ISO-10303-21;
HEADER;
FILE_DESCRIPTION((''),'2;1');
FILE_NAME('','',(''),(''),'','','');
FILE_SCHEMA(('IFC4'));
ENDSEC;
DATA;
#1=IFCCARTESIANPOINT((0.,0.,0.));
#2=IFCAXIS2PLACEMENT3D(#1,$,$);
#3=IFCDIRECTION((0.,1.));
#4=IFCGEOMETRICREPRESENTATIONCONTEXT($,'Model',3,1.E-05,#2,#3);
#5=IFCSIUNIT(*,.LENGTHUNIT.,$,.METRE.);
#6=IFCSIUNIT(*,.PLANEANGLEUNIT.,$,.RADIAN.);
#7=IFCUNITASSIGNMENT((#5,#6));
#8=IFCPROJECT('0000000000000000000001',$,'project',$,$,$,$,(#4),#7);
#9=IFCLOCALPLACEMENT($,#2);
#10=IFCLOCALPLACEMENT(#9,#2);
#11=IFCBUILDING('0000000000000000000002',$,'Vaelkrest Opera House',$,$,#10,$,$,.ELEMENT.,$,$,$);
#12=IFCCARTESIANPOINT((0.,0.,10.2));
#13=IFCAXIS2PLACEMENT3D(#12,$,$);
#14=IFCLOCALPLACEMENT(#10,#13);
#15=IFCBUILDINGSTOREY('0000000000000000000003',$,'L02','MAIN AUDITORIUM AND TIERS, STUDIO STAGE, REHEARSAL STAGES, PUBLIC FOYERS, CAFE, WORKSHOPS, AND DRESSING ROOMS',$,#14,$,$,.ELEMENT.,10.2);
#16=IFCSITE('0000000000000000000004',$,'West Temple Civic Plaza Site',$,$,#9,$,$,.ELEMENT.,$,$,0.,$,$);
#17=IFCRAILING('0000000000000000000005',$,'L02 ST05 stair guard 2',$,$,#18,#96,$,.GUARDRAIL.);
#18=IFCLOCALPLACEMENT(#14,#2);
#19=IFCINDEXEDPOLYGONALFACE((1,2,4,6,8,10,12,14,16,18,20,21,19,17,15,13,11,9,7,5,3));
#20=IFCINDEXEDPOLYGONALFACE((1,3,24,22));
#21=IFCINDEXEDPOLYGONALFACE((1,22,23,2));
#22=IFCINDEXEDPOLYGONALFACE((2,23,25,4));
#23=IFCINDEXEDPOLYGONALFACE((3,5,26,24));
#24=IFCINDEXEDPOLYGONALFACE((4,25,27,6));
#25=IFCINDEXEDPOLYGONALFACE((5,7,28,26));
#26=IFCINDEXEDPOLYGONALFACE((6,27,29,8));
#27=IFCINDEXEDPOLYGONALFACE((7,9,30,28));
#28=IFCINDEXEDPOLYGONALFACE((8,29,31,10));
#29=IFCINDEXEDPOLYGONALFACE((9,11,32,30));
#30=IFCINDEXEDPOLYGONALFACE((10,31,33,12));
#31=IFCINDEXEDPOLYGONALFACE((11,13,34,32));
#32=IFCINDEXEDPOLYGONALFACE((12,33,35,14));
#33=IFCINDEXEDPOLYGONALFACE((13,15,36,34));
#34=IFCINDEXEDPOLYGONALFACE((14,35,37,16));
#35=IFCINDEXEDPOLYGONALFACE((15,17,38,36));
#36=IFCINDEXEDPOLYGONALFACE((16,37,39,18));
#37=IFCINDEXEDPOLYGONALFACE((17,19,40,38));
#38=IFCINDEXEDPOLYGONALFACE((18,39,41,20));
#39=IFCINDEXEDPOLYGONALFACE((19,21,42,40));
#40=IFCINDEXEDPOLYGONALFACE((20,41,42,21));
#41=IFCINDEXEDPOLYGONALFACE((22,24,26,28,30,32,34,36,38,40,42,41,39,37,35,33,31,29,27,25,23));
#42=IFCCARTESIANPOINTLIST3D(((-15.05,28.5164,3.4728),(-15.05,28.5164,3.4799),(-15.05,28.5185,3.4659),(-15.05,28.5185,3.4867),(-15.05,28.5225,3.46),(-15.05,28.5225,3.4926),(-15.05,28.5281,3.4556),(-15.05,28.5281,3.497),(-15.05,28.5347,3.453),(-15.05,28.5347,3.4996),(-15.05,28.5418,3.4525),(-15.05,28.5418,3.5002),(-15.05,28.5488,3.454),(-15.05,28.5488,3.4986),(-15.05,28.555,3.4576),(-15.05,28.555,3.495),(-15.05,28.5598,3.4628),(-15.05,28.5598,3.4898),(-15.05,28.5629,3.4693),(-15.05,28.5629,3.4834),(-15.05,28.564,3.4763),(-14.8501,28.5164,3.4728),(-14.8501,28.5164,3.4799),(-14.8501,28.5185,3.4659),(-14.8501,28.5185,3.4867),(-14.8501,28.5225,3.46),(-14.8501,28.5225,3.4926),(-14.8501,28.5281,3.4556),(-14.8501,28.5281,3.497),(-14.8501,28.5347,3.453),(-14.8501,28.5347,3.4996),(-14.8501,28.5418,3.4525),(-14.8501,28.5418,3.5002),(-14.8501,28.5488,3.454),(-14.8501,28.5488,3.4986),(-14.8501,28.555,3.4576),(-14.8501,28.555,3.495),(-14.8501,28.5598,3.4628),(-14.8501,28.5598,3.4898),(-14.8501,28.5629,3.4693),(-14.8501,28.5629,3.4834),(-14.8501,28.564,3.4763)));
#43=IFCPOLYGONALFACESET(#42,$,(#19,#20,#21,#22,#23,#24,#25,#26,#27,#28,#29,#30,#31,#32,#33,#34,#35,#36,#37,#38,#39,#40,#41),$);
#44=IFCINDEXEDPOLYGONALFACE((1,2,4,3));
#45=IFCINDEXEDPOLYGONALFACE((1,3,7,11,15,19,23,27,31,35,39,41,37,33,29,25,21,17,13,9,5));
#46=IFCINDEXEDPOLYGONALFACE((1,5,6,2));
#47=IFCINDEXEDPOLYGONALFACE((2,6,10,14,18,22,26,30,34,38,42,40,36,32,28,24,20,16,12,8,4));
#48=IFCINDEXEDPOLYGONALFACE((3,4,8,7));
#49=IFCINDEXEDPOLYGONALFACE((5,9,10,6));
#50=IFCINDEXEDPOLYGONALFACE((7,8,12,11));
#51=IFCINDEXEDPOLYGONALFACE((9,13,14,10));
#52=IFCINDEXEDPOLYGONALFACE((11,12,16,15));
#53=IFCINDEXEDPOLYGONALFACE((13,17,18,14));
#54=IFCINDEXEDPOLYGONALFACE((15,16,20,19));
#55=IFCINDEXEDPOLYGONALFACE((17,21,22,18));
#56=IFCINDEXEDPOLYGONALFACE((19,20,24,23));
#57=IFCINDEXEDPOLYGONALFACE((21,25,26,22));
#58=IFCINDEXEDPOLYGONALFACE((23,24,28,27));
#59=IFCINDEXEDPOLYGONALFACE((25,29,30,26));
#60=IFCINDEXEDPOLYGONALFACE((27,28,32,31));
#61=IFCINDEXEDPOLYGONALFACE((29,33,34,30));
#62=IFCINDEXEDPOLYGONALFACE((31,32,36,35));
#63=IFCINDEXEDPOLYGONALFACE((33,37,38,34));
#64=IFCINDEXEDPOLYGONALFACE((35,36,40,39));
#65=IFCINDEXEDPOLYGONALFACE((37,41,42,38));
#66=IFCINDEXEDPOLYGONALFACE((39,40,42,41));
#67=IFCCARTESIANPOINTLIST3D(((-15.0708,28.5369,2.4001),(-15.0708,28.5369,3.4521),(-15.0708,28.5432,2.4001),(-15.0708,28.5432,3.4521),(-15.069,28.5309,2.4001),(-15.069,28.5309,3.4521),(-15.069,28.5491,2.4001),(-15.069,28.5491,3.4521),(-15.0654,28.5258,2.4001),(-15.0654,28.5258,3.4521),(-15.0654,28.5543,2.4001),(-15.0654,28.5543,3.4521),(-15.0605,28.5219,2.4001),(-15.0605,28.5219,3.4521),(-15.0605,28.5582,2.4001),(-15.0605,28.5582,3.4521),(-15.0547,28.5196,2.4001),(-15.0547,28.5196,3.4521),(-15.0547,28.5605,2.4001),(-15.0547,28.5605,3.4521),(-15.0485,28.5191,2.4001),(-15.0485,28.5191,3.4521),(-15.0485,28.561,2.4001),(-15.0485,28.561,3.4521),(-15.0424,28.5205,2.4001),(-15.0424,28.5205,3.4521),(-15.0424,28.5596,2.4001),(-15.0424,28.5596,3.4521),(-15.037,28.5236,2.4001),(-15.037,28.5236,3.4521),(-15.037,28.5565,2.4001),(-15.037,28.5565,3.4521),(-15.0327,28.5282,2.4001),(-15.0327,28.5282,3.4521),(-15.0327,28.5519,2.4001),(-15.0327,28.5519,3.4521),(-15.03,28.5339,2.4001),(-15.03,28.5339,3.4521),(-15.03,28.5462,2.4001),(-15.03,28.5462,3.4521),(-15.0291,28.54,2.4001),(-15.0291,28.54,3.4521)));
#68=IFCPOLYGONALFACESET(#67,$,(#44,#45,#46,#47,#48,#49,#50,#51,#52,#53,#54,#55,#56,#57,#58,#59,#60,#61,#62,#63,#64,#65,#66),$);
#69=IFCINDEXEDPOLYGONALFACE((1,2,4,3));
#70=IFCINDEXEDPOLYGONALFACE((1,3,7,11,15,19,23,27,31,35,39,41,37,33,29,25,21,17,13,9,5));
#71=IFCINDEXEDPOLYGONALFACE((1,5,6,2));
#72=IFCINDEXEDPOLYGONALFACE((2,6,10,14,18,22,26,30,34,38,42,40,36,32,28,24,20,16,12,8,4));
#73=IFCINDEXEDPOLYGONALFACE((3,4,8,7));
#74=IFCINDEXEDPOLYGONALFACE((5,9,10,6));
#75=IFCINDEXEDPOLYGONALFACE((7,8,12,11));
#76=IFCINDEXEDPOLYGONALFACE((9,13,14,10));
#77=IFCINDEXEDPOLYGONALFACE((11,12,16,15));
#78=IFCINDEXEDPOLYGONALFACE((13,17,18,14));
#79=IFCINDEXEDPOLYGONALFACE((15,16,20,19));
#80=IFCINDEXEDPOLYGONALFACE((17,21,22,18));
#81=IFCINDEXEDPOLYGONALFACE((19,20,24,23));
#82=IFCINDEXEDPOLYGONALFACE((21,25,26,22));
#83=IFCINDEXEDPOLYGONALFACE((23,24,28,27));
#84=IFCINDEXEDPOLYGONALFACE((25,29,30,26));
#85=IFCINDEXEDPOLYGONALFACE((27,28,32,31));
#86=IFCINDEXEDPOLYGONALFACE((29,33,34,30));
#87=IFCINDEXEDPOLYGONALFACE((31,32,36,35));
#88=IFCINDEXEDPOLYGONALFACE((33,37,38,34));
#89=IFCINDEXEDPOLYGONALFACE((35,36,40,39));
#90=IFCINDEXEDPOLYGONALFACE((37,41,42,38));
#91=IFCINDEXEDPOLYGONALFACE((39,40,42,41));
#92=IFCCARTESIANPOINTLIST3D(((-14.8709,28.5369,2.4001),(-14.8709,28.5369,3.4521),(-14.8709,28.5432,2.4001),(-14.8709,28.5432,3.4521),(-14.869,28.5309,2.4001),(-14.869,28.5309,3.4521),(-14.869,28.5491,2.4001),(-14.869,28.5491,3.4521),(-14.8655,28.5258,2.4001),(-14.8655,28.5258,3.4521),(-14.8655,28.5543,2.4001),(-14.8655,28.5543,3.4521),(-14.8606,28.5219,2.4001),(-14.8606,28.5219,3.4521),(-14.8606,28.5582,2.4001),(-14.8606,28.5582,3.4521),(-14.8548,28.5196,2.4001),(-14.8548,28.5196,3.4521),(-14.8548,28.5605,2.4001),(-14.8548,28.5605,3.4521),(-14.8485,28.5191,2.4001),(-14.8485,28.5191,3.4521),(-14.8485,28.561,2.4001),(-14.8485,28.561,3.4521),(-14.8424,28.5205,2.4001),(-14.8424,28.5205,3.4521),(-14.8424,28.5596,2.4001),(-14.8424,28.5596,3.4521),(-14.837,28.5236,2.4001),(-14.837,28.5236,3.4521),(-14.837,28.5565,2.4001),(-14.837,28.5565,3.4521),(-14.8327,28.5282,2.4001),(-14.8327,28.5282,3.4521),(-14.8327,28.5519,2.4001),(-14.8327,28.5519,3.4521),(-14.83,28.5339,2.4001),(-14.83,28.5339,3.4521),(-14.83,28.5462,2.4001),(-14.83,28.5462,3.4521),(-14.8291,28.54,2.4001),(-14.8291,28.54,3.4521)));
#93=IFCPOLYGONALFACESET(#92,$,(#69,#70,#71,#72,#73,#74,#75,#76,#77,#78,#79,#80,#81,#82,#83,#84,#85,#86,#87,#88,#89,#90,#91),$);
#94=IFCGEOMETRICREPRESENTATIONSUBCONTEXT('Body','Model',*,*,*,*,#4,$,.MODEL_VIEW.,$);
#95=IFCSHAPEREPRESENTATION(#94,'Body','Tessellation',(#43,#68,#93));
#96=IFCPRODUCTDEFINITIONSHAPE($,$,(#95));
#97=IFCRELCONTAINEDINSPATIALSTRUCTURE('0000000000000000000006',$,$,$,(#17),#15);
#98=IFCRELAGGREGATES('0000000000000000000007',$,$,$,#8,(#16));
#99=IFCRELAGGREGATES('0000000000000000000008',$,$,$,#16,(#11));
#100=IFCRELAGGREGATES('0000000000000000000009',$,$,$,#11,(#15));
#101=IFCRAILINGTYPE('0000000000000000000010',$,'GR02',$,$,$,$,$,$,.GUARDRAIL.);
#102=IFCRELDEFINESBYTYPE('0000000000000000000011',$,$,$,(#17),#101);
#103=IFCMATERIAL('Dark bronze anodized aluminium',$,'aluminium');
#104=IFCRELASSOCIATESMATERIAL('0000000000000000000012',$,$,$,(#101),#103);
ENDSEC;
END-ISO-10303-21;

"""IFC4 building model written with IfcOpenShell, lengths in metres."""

from ifc_helpers import new_model, si_unit, direction, frame, origin, origin_2d, place, context, subcontext, project, spatial, circle, extrude, material, type_object, element, save


model = new_model("IFC4")

# Units and contexts
model_context = context("Model", 3, precision=1e-05, world=origin(), true_north=direction((0.0, 1.0)))
body_context = subcontext(model_context, "Body", "Model", "MODEL_VIEW")
ifc_project = project(units=[si_unit("LENGTHUNIT", "METRE"), si_unit("PLANEANGLEUNIT", "RADIAN")], contexts=[model_context])

# Site, building, storey
site_placement = place(None, origin())
site = spatial("IfcSite", under=ifc_project, at=site_placement, Name="West Temple Civic Plaza Site", CompositionType="ELEMENT", RefElevation=0.0)
building_placement = place(site_placement, origin())
building = spatial("IfcBuilding", under=site, at=building_placement, Name="Vaelkrest Opera House", CompositionType="ELEMENT")
storey_placement = place(building_placement, frame((0.0, 0.0, 10.2)))
storey = spatial("IfcBuildingStorey", under=building, at=storey_placement, Name="L02", Description="MAIN AUDITORIUM AND TIERS, STUDIO STAGE, REHEARSAL STAGES, PUBLIC FOYERS, CAFE, WORKSHOPS, AND DRESSING ROOMS", CompositionType="ELEMENT", Elevation=10.2)

# Shared definitions
ifc_material_1 = material(Name="Dark bronze anodized aluminium", Category="aluminium")

# Railing
railing_type_1 = type_object("IfcRailingType", Name="GR02", PredefinedType="GUARDRAIL", material=ifc_material_1)
railing_1_placement = place(storey_placement, frame((-15.05, 28.54, 2.4001)))
element("IfcRailing", 1, at=railing_1_placement, inside=storey, type_object=railing_type_1, Name="L02 ST05 stair guard 2", PredefinedType="GUARDRAIL", context=body_context, shape_type="SweptSolid", body=[
    extrude(circle(Radius=0.0239, at=origin_2d()), frame((0.0, 0.0, 1.0762), z_axis=(1.0, 0.0, 0.0), x_axis=(0.0, 1.0, 0.0)), (0.0, 0.0, 1.0), 0.2),
    extrude(circle(Radius=0.021, at=origin_2d()), origin(), (0.0, 0.0, 1.0), 1.052),
    extrude(circle(Radius=0.021, at=origin_2d()), frame((0.2, 0.0, 0.0)), (0.0, 0.0, 1.0), 1.052),
])

save(model, "model.ifc")
